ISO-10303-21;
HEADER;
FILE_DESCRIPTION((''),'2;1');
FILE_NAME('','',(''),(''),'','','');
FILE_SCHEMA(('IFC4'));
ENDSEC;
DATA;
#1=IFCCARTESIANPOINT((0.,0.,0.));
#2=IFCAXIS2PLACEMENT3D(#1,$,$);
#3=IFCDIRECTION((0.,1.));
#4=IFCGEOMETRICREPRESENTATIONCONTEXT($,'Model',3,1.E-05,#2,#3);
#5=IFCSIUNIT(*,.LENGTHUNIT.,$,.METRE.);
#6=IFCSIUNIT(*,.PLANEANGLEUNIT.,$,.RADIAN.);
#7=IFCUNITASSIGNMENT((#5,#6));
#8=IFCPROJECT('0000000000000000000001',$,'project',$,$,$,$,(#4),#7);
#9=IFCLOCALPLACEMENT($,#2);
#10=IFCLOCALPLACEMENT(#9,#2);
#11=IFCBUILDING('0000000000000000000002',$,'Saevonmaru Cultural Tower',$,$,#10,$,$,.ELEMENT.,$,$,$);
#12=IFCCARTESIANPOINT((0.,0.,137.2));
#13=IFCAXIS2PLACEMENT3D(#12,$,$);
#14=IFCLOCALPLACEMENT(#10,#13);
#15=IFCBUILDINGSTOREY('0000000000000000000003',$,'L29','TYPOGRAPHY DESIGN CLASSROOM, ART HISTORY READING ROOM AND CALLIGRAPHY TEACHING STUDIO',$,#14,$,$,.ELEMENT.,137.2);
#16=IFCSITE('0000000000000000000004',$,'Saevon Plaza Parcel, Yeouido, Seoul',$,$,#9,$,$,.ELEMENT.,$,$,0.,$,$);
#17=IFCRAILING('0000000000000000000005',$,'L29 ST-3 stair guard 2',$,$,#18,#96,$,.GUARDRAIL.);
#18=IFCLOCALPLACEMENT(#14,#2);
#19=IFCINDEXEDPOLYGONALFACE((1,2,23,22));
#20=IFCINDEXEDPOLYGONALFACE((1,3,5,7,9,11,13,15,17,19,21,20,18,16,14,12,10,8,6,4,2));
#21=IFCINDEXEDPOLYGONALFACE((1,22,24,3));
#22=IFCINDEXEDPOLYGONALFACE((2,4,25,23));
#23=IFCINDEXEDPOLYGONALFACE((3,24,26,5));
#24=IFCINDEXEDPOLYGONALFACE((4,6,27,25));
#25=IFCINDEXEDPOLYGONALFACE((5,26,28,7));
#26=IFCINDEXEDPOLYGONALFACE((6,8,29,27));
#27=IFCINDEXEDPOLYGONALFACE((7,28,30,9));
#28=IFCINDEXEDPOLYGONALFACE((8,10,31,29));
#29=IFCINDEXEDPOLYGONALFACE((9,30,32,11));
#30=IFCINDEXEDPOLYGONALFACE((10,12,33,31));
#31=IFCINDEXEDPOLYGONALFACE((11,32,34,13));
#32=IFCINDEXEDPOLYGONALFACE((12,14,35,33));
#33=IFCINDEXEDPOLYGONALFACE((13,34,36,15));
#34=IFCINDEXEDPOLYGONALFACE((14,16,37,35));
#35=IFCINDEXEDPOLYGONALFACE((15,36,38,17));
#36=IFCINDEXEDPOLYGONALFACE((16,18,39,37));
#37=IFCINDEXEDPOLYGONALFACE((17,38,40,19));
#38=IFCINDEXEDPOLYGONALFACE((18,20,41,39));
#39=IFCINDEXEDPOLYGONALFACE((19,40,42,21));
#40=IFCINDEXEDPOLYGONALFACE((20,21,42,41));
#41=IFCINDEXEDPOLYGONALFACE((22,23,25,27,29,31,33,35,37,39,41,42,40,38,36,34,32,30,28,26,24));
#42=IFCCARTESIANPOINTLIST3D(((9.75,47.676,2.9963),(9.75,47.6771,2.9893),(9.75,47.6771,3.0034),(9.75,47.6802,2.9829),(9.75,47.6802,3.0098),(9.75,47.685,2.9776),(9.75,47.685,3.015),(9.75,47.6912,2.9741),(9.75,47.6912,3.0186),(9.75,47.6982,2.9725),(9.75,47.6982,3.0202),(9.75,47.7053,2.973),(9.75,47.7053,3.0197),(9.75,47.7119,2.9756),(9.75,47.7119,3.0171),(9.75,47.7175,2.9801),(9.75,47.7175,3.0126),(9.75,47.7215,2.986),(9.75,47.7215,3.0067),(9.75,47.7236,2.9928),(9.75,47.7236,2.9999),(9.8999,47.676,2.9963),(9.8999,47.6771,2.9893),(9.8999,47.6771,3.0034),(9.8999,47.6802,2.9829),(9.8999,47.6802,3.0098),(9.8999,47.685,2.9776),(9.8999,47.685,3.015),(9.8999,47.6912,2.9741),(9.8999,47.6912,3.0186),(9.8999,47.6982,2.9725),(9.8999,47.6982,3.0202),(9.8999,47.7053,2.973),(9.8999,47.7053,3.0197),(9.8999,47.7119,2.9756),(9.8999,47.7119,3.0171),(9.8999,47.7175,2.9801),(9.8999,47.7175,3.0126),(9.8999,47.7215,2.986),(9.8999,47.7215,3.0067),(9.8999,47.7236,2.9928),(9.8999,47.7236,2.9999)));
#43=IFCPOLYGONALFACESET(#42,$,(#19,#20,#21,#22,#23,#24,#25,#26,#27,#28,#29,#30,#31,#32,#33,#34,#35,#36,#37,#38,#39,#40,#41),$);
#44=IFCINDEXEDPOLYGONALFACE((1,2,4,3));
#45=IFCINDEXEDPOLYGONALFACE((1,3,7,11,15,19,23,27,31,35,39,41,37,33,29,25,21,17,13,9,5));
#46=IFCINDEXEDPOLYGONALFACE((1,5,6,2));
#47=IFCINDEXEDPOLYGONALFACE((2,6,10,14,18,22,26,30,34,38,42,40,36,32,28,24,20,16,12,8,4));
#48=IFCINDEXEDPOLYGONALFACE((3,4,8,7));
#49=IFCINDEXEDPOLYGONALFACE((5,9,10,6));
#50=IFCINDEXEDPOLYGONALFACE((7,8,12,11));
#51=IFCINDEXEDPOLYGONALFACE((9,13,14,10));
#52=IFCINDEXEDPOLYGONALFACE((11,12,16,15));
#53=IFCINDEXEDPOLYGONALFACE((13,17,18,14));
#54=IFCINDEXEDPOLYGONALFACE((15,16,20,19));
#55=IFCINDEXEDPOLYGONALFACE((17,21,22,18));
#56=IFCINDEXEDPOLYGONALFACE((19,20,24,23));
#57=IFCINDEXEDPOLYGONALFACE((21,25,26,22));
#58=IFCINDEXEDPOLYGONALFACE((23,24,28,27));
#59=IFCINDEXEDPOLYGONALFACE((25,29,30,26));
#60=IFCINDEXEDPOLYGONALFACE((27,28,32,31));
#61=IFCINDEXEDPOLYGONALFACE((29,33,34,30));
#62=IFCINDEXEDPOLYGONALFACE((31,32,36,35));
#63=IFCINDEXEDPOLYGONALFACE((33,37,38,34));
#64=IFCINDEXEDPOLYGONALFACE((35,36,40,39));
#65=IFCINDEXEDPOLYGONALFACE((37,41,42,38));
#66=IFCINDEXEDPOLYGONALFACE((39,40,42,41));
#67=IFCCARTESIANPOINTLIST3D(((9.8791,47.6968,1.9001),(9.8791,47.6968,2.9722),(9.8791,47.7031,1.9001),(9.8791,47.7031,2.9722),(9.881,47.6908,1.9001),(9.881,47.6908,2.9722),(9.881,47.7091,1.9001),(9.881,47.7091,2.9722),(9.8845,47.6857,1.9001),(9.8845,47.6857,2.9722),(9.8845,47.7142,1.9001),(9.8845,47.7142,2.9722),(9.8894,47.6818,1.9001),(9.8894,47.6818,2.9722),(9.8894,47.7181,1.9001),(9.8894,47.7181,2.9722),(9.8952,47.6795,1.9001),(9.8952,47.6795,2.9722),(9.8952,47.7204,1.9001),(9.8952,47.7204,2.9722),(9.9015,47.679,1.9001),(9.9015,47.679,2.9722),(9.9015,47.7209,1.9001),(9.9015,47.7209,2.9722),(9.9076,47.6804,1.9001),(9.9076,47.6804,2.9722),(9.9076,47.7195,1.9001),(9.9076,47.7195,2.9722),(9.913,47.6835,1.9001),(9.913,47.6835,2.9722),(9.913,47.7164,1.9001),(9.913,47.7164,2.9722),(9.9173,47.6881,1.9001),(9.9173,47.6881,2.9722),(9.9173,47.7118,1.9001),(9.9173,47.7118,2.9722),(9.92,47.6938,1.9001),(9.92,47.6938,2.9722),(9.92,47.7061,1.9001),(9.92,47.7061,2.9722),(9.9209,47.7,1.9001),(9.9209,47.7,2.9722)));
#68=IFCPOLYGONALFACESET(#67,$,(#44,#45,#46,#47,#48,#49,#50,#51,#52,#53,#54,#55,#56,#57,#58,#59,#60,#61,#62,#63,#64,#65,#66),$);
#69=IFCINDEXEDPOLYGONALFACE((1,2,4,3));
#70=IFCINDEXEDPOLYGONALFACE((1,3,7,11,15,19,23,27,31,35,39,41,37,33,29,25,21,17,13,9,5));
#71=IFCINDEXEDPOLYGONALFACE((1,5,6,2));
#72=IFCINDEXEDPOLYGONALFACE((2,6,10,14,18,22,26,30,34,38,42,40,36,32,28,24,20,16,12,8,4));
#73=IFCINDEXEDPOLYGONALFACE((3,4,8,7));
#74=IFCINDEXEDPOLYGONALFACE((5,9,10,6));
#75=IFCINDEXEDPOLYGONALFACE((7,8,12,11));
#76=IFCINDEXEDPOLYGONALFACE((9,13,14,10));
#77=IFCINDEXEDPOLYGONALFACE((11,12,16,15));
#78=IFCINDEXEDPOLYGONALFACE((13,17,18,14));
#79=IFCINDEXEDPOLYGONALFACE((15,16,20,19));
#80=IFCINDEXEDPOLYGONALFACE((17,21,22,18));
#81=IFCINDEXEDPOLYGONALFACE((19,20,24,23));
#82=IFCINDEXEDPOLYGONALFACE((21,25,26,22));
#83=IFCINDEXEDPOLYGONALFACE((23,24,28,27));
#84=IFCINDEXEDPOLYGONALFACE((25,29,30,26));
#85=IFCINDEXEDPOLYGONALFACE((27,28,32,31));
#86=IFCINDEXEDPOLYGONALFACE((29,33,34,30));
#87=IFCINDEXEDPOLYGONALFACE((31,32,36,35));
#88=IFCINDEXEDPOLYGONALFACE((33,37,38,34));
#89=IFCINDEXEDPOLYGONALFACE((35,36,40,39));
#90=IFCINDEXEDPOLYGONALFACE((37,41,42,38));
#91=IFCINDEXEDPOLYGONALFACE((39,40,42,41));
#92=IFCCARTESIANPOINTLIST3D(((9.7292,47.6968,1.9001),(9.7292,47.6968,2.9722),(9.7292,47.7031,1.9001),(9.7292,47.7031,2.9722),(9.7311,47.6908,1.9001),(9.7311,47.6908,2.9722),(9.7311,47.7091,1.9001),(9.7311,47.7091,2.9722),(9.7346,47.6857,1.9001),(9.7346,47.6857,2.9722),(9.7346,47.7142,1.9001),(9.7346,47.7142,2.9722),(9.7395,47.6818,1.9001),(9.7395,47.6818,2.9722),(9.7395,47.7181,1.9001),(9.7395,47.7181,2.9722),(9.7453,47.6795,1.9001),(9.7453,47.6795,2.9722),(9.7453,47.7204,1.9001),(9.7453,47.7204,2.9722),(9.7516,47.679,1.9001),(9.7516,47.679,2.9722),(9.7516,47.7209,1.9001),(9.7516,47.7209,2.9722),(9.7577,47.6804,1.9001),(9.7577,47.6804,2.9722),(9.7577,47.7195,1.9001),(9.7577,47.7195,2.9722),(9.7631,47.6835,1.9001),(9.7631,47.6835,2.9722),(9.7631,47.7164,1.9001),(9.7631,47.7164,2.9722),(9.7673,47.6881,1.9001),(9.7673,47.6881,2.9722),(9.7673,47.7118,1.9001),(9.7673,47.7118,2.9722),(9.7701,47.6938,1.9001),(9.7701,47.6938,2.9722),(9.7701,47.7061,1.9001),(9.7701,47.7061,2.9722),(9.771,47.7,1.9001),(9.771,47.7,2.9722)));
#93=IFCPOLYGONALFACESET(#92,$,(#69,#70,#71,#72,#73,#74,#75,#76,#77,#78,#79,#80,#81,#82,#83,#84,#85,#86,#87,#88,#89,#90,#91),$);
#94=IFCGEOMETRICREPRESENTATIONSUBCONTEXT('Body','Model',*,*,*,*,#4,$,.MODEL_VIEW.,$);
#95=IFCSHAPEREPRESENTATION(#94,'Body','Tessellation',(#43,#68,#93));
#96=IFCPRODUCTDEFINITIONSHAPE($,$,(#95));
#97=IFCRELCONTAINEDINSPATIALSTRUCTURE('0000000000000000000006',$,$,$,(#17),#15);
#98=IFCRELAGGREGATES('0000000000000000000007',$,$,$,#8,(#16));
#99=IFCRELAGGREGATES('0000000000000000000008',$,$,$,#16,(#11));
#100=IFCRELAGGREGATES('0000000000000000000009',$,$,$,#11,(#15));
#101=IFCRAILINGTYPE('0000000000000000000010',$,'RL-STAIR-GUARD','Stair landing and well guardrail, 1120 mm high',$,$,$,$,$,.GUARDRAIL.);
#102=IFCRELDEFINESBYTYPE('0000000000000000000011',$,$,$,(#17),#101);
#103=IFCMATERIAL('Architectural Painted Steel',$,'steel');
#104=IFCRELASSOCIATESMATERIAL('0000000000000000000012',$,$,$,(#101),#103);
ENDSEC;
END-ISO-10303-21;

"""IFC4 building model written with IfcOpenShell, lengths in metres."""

from ifc_helpers import new_model, si_unit, direction, frame, origin, origin_2d, place, context, subcontext, project, spatial, circle, extrude, material, type_object, element, save


model = new_model("IFC4")

# Units and contexts
model_context = context("Model", 3, precision=1e-05, world=origin(), true_north=direction((0.0, 1.0)))
body_context = subcontext(model_context, "Body", "Model", "MODEL_VIEW")
ifc_project = project(units=[si_unit("LENGTHUNIT", "METRE"), si_unit("PLANEANGLEUNIT", "RADIAN")], contexts=[model_context])

# Site, building, storey
site_placement = place(None, origin())
site = spatial("IfcSite", under=ifc_project, at=site_placement, Name="Saevon Plaza Parcel, Yeouido, Seoul", CompositionType="ELEMENT", RefElevation=0.0)
building_placement = place(site_placement, origin())
building = spatial("IfcBuilding", under=site, at=building_placement, Name="Saevonmaru Cultural Tower", CompositionType="ELEMENT")
storey_placement = place(building_placement, frame((0.0, 0.0, 137.2)))
storey = spatial("IfcBuildingStorey", under=building, at=storey_placement, Name="L29", Description="TYPOGRAPHY DESIGN CLASSROOM, ART HISTORY READING ROOM AND CALLIGRAPHY TEACHING STUDIO", CompositionType="ELEMENT", Elevation=137.2)

# Railing
ifc_material_1 = material(Name="Architectural Painted Steel", Category="steel")
railing_type_1 = type_object("IfcRailingType", Name="RL-STAIR-GUARD", Description="Stair landing and well guardrail, 1120 mm high", PredefinedType="GUARDRAIL", material=ifc_material_1)
railing_1_placement = place(storey_placement, frame((9.8999, 47.7, 1.9001)))
element("IfcRailing", 1, at=railing_1_placement, inside=storey, type_object=railing_type_1, Name="L29 ST-3 stair guard 2", PredefinedType="GUARDRAIL", context=body_context, shape_type="SweptSolid", body=[
    extrude(circle(Radius=0.0239, at=origin_2d()), frame((0.0, 0.0, 1.0962), z_axis=(-1.0, 0.0, 0.0), x_axis=(0.0, -1.0, 0.0)), (0.0, 0.0, 1.0), 0.1499),
    extrude(circle(Radius=0.021, at=origin_2d()), origin(), (0.0, 0.0, 1.0), 1.072),
    extrude(circle(Radius=0.021, at=origin_2d()), frame((-0.1499, 0.0, 0.0)), (0.0, 0.0, 1.0), 1.072),
])

save(model, "model.ifc")
